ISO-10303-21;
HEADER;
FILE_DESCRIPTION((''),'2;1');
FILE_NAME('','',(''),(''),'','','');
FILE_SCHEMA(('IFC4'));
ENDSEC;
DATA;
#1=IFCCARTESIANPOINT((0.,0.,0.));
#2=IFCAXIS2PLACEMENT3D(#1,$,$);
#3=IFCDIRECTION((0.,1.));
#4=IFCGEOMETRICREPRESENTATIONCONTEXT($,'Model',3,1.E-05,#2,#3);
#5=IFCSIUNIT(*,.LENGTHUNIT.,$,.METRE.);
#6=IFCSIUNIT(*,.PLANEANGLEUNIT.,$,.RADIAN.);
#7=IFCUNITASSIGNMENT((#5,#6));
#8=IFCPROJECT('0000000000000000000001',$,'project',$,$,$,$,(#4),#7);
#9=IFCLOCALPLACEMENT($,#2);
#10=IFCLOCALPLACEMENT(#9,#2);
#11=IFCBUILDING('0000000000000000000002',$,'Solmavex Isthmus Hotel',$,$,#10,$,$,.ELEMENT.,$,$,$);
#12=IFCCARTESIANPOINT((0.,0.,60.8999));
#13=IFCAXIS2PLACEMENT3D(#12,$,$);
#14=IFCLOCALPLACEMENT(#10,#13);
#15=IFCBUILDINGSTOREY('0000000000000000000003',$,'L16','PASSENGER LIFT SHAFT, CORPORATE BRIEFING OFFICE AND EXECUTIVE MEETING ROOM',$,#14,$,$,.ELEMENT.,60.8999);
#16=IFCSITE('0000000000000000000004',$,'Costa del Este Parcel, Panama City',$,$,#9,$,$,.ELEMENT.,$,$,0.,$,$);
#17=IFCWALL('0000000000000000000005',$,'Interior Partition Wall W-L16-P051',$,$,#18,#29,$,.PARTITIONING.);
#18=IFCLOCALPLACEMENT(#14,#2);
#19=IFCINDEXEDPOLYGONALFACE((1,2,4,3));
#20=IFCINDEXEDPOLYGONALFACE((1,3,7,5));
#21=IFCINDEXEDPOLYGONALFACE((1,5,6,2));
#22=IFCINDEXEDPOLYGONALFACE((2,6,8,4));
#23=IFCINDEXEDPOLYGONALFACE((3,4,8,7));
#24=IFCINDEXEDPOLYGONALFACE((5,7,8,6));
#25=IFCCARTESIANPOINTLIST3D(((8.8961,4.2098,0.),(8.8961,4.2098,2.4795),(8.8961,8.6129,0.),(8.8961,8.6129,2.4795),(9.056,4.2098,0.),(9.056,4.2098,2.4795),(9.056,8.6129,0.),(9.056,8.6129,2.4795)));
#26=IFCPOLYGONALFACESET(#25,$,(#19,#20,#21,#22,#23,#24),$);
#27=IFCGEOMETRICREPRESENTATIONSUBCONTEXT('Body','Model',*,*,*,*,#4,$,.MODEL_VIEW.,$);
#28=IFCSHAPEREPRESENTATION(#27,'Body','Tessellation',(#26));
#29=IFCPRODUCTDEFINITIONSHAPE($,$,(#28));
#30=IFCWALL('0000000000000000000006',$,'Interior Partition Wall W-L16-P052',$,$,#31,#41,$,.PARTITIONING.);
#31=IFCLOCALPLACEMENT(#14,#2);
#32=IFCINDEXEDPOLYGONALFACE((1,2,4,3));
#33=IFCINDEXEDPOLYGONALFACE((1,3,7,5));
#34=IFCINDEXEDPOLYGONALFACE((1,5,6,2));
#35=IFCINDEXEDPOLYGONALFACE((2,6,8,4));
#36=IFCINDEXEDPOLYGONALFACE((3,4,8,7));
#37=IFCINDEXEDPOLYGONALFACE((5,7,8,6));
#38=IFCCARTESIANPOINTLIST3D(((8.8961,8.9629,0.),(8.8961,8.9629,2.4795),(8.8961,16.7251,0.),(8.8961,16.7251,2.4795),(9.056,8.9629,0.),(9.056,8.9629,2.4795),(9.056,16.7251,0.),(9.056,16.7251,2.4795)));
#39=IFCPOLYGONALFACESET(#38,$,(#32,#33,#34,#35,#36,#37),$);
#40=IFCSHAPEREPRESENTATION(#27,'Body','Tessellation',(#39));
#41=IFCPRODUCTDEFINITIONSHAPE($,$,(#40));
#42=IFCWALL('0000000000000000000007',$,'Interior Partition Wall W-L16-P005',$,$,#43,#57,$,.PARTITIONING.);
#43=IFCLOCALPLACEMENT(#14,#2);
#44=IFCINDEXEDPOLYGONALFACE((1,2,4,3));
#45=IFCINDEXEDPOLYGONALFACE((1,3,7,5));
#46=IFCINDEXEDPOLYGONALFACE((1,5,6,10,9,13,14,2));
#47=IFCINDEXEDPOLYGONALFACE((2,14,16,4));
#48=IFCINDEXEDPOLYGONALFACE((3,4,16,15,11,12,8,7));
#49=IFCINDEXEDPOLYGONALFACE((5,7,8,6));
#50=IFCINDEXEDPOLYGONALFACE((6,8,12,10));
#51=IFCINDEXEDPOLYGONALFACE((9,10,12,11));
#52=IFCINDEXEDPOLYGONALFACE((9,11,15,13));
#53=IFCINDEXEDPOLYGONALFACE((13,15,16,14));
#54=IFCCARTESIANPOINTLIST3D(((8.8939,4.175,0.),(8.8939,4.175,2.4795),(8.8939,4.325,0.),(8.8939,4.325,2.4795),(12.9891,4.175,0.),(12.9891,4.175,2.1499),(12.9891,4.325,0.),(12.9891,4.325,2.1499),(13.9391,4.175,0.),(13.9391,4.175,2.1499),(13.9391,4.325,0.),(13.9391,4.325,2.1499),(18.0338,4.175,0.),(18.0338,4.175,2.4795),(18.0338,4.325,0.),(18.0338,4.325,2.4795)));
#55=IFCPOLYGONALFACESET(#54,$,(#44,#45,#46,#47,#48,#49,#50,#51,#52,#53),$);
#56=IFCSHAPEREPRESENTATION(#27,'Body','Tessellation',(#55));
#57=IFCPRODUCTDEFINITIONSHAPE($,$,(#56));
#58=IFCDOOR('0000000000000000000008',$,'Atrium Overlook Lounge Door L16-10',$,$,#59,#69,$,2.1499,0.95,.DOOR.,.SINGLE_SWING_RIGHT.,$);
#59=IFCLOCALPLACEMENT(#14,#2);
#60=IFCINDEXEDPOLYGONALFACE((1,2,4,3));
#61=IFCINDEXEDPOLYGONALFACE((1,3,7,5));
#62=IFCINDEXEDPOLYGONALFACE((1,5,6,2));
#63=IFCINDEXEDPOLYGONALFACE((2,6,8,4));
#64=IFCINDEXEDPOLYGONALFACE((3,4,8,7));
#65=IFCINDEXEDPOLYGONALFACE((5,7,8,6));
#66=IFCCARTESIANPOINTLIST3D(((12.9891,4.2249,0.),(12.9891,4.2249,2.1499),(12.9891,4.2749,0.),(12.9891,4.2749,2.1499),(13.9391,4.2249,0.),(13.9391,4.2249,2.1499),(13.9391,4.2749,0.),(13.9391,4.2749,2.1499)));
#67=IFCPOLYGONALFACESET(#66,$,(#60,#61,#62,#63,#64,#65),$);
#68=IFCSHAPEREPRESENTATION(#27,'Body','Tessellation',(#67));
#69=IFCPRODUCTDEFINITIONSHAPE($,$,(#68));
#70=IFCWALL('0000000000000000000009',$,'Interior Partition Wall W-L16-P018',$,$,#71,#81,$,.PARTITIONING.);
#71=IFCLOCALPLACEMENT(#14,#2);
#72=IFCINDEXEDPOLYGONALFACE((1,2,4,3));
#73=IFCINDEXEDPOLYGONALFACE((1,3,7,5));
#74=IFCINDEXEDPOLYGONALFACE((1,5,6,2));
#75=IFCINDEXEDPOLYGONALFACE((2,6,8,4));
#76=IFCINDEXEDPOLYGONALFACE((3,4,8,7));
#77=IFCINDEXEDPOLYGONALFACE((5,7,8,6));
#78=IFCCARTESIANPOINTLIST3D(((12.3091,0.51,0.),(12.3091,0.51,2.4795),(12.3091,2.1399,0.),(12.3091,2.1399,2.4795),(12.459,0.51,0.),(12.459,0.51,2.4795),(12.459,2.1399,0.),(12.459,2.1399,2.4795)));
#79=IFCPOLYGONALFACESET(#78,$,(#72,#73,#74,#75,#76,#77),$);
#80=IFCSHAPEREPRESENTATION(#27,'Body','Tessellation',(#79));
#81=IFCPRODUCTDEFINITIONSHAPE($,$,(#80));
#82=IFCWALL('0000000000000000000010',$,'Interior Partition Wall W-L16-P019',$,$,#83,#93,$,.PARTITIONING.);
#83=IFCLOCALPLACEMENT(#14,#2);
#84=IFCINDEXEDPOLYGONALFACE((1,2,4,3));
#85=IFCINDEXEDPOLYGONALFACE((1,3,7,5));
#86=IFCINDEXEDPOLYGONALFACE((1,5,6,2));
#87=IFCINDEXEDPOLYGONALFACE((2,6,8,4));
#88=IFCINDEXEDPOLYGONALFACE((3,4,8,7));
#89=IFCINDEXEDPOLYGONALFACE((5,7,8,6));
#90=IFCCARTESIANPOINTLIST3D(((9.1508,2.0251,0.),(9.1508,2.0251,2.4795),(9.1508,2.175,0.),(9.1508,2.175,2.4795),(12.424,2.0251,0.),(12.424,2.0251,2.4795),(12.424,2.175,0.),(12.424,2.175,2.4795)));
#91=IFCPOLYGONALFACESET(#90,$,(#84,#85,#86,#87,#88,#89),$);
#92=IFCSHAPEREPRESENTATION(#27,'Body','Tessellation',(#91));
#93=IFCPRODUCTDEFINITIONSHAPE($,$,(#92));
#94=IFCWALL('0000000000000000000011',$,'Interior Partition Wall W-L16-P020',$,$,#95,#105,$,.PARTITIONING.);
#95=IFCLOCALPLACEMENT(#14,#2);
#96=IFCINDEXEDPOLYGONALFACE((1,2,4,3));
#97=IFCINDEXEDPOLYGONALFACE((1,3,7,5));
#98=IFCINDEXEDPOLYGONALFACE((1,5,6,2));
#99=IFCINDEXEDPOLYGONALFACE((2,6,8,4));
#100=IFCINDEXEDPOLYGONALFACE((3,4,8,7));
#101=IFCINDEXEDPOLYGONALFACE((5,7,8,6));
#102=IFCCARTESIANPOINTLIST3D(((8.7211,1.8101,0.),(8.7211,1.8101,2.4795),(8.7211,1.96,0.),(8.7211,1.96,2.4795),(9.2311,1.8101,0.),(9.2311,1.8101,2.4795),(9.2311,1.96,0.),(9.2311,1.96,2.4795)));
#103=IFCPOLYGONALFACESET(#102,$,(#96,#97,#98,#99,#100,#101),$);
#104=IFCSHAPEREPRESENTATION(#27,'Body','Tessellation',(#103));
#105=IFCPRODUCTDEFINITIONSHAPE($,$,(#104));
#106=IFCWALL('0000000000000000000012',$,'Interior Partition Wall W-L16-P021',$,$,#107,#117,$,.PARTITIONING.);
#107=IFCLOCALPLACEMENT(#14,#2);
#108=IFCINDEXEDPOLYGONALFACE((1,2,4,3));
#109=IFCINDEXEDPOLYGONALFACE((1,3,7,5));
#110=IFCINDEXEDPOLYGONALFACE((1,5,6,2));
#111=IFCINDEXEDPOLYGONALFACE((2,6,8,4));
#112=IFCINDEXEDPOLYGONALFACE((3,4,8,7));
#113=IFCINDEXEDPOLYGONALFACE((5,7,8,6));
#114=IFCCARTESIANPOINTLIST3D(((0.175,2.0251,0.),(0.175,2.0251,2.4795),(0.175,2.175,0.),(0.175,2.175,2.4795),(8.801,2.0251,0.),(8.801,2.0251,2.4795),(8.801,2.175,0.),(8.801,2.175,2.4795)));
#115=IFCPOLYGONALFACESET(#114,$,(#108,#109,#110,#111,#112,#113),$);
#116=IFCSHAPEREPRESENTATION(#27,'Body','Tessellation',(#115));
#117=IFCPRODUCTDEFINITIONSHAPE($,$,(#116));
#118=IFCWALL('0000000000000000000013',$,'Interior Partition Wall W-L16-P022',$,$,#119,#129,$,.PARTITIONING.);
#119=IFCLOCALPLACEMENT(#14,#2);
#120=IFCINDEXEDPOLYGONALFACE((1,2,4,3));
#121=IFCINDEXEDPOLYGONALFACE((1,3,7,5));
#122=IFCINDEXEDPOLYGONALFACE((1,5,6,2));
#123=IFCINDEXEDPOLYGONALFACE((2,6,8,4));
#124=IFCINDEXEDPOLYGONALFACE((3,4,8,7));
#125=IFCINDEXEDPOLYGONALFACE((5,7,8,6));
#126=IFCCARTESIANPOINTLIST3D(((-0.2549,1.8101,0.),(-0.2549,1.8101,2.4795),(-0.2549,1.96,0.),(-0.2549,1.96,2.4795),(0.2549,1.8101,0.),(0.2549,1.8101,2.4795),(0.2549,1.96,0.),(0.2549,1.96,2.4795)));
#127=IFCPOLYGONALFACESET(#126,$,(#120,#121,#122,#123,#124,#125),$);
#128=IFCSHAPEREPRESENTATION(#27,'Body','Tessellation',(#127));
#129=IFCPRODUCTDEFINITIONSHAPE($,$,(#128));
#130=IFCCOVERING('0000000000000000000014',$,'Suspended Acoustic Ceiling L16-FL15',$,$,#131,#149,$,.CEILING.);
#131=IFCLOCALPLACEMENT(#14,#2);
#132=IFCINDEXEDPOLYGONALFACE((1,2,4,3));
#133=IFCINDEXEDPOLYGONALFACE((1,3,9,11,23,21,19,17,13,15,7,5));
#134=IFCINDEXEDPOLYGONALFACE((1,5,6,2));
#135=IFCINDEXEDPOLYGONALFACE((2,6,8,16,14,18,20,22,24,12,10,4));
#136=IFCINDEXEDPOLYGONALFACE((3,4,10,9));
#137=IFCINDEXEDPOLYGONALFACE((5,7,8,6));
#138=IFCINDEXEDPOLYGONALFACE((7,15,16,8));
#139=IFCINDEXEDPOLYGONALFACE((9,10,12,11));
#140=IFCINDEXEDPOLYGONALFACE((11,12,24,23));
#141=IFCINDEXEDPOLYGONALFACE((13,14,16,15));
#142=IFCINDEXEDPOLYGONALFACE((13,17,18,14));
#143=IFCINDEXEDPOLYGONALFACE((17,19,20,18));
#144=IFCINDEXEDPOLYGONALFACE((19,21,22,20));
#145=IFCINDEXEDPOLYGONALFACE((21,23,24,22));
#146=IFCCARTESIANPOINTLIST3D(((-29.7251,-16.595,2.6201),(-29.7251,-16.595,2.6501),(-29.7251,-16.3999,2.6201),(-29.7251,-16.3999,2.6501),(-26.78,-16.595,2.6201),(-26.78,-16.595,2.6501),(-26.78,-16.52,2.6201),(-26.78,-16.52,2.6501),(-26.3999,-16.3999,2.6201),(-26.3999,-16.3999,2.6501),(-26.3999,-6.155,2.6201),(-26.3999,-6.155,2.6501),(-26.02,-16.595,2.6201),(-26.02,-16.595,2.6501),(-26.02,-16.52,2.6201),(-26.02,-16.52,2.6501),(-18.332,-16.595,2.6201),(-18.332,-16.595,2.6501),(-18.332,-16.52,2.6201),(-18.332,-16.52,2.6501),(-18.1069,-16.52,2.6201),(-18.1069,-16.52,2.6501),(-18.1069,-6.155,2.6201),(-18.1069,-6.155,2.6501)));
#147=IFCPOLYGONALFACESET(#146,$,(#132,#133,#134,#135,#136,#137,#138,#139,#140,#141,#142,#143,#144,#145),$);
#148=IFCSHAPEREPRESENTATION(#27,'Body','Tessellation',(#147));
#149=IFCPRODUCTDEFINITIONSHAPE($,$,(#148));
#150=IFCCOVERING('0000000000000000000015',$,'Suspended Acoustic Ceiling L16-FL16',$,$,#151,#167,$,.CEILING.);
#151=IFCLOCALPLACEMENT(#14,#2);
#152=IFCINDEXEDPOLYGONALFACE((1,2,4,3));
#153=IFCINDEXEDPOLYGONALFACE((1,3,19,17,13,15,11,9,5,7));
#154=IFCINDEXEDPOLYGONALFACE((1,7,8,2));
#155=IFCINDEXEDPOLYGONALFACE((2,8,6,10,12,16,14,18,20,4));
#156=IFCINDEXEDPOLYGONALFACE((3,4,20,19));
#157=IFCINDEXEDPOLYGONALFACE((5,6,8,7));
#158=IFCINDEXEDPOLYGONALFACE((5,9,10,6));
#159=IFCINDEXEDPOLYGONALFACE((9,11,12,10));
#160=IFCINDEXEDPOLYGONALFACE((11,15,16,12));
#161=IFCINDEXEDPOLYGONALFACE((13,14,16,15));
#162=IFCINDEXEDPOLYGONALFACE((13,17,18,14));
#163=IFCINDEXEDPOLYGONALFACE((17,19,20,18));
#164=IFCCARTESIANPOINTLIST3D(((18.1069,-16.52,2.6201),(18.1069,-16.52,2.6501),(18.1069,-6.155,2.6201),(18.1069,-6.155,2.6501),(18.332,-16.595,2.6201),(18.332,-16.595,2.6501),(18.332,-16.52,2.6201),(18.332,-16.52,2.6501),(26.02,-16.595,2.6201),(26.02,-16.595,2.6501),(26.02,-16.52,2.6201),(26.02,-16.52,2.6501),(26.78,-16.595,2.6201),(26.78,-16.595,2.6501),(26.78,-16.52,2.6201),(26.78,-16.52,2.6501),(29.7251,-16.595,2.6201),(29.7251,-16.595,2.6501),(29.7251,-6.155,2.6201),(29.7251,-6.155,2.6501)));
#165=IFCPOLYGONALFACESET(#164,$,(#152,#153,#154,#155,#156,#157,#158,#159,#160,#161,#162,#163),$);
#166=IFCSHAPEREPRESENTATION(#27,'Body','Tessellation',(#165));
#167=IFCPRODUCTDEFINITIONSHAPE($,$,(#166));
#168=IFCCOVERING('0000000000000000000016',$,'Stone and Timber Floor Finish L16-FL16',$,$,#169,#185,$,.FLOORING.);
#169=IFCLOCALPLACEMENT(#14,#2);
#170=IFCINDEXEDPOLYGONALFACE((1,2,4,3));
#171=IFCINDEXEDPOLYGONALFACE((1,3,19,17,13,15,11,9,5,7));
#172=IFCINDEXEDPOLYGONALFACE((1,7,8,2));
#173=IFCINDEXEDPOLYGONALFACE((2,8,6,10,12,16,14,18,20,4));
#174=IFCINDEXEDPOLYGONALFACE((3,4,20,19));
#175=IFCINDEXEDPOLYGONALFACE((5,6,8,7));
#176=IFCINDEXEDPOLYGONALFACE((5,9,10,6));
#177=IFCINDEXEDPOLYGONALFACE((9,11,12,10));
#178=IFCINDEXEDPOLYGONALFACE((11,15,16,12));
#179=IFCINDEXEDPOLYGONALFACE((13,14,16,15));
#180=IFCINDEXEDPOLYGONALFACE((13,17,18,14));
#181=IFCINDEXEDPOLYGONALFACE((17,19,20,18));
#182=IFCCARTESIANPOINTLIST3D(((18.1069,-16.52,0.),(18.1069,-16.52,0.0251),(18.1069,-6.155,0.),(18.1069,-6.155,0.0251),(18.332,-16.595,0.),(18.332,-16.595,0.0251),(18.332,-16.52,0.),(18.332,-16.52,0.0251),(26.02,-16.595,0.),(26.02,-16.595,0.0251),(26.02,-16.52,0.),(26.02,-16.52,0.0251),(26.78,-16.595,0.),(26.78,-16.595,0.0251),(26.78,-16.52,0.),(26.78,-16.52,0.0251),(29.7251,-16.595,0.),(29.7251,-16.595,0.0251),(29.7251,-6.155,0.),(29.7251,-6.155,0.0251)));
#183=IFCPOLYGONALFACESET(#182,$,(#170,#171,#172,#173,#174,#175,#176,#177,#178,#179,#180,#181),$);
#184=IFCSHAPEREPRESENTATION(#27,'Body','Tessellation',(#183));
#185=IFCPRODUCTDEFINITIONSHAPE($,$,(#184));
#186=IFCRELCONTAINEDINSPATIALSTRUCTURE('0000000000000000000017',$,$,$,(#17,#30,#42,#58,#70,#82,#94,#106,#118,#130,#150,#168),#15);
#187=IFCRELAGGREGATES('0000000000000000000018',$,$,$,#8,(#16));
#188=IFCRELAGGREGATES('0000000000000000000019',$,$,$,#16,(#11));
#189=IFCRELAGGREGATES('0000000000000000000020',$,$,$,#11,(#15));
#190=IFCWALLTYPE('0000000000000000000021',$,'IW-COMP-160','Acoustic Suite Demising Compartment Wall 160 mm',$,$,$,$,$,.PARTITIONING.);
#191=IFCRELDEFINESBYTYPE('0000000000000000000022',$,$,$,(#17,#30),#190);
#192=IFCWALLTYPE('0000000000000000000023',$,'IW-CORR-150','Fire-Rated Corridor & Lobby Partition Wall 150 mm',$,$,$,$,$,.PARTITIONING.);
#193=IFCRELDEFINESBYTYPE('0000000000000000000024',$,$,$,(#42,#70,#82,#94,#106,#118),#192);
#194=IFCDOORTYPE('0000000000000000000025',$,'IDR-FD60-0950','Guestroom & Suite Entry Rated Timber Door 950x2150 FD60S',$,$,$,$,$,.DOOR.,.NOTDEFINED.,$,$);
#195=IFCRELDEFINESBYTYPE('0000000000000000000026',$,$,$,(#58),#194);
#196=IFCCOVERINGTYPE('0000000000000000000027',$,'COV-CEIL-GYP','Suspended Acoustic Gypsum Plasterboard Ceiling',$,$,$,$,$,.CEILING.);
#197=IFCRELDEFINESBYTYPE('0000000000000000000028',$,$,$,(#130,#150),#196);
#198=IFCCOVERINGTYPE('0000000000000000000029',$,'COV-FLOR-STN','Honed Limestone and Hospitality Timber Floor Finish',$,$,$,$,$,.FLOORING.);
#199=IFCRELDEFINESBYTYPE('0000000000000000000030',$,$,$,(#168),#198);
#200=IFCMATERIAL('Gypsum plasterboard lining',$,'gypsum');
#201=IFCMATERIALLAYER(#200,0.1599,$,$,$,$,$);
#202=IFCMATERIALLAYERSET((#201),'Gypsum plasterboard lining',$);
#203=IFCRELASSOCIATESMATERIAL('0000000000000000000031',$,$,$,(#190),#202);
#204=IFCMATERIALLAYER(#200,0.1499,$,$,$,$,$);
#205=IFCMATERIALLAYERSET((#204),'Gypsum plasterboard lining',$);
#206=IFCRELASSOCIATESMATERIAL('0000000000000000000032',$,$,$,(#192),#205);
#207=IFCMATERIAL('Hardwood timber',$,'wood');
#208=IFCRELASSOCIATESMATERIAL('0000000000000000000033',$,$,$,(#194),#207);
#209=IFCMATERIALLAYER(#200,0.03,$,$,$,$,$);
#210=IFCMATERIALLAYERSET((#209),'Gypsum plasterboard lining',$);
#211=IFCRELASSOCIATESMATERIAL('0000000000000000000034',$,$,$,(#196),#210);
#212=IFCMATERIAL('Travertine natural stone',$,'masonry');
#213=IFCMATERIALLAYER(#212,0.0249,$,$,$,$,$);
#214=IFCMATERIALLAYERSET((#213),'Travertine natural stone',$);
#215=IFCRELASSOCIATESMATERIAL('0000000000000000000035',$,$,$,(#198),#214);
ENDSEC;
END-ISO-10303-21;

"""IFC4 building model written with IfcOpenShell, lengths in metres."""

from ifc_helpers import new_model, si_unit, direction, frame, frame_2d, origin, place, context, subcontext, project, spatial, polyline, rectangle, outline, extrude, material, layer, layer_set, type_object, element, fill, save


model = new_model("IFC4")

# Units and contexts
model_context = context("Model", 3, precision=1e-05, world=origin(), true_north=direction((0.0, 1.0)))
body_context = subcontext(model_context, "Body", "Model", "MODEL_VIEW")
ifc_project = project(units=[si_unit("LENGTHUNIT", "METRE"), si_unit("PLANEANGLEUNIT", "RADIAN")], contexts=[model_context])

# Site, building, storey
site_placement = place(None, origin())
site = spatial("IfcSite", under=ifc_project, at=site_placement, Name="Costa del Este Parcel, Panama City", CompositionType="ELEMENT", RefElevation=0.0)
building_placement = place(site_placement, origin())
building = spatial("IfcBuilding", under=site, at=building_placement, Name="Solmavex Isthmus Hotel", CompositionType="ELEMENT")
storey_placement = place(building_placement, frame((0.0, 0.0, 60.8999)))
storey = spatial("IfcBuildingStorey", under=building, at=storey_placement, Name="L16", Description="PASSENGER LIFT SHAFT, CORPORATE BRIEFING OFFICE AND EXECUTIVE MEETING ROOM", CompositionType="ELEMENT", Elevation=60.8999)

# Walls
ifc_material_1 = material(Name="Gypsum plasterboard lining", Category="gypsum")
ifc_layer_1 = layer(ifc_material_1, 0.1599)
ifc_layer_set_1 = layer_set([ifc_layer_1], Name="Gypsum plasterboard lining")
wall_type_1 = type_object("IfcWallType", Name="IW-COMP-160", Description="Acoustic Suite Demising Compartment Wall 160 mm", PredefinedType="PARTITIONING", material=ifc_layer_set_1)
wall_1_placement = place(storey_placement, frame((8.9761, 8.613, 0.0), z_axis=(0.0, 0.0, 1.0), x_axis=(0.0, -1.0, 0.0)))
element("IfcWall", 1, at=wall_1_placement, inside=storey, type_object=wall_type_1, Name="Interior Partition Wall W-L16-P051", PredefinedType="PARTITIONING", context=body_context, shape_type="SweptSolid", body=[
    extrude(rectangle(XDim=4.4031, YDim=0.1599, at=frame_2d((2.2017, 0.0))), origin(), (0.0, 0.0, 1.0), 2.4795),
])
wall_2_placement = place(storey_placement, frame((8.9761, 16.7251, 0.0), z_axis=(0.0, 0.0, 1.0), x_axis=(0.0, -1.0, 0.0)))
element("IfcWall", 2, at=wall_2_placement, inside=storey, type_object=wall_type_1, Name="Interior Partition Wall W-L16-P052", PredefinedType="PARTITIONING", context=body_context, shape_type="SweptSolid", body=[
    extrude(rectangle(XDim=7.7622, YDim=0.1599, at=frame_2d((3.8811, 0.0))), origin(), (0.0, 0.0, 1.0), 2.4795),
])

# Wall, opening, door
ifc_layer_2 = layer(ifc_material_1, 0.1499)
ifc_layer_set_2 = layer_set([ifc_layer_2], Name="Gypsum plasterboard lining")
wall_type_2 = type_object("IfcWallType", Name="IW-CORR-150", Description="Fire-Rated Corridor & Lobby Partition Wall 150 mm", PredefinedType="PARTITIONING", material=ifc_layer_set_2)
wall_3_placement = place(storey_placement, frame((8.894, 4.25, 0.0), z_axis=(0.0, 0.0, 1.0), x_axis=(1.0, 0.0, 0.0)))
wall_3 = element("IfcWall", 3, at=wall_3_placement, inside=storey, type_object=wall_type_2, Name="Interior Partition Wall W-L16-P005", PredefinedType="PARTITIONING", context=body_context, shape_type="SweptSolid", body=[
    extrude(rectangle(XDim=9.1399, YDim=0.1499, at=frame_2d((4.5698, 0.0))), origin(), (0.0, 0.0, 1.0), 2.4795),
])
opening_1_placement = place(wall_3_placement, frame((4.095, 0.0, 0.0)))
opening_1 = element("IfcOpeningElement", 4, at=opening_1_placement, cuts=wall_3, PredefinedType="OPENING", context=body_context, shape_type="SweptSolid", body=[
    extrude(rectangle(XDim=0.95, YDim=2.1499, at=frame_2d((0.4751, 1.075))), frame((0.0, 0.085, 0.0), z_axis=(0.0, -1.0, 0.0), x_axis=(1.0, 0.0, 0.0)), (0.0, 0.0, 1.0), 0.1699),
])
ifc_material_2 = material(Name="Hardwood timber", Category="wood")
door_type = type_object("IfcDoorType", Name="IDR-FD60-0950", Description="Guestroom & Suite Entry Rated Timber Door 950x2150 FD60S", OperationType="NOTDEFINED", PredefinedType="DOOR", material=ifc_material_2)
door_1_placement = place(opening_1_placement, origin())
door_1 = element("IfcDoor", 5, at=door_1_placement, inside=storey, type_object=door_type, Name="Atrium Overlook Lounge Door L16-10", OperationType="SINGLE_SWING_RIGHT", OverallHeight=2.1499, OverallWidth=0.95, PredefinedType="DOOR", context=body_context, shape_type="SweptSolid", body=[
    extrude(rectangle(XDim=0.95, YDim=2.1499, at=frame_2d((0.4751, 1.075))), frame((0.0, 0.0249, 0.0), z_axis=(0.0, -1.0, 0.0), x_axis=(1.0, 0.0, 0.0)), (0.0, 0.0, 1.0), 0.05),
])
fill(opening_1, door_1)

# Walls
wall_4_placement = place(storey_placement, frame((12.384, 0.51, 0.0), z_axis=(0.0, 0.0, 1.0), x_axis=(0.0, 1.0, 0.0)))
element("IfcWall", 6, at=wall_4_placement, inside=storey, type_object=wall_type_2, Name="Interior Partition Wall W-L16-P018", PredefinedType="PARTITIONING", context=body_context, shape_type="SweptSolid", body=[
    extrude(rectangle(XDim=1.6299, YDim=0.1499, at=frame_2d((0.8149, 0.0))), origin(), (0.0, 0.0, 1.0), 2.4795),
])
wall_5_placement = place(storey_placement, frame((12.4241, 2.1001, 0.0), z_axis=(0.0, 0.0, 1.0), x_axis=(-1.0, 0.0, 0.0)))
element("IfcWall", 7, at=wall_5_placement, inside=storey, type_object=wall_type_2, Name="Interior Partition Wall W-L16-P019", PredefinedType="PARTITIONING", context=body_context, shape_type="SweptSolid", body=[
    extrude(rectangle(XDim=3.2732, YDim=0.1499, at=frame_2d((1.6367, 0.0))), origin(), (0.0, 0.0, 1.0), 2.4795),
])
wall_6_placement = place(storey_placement, frame((9.231, 1.885, 0.0), z_axis=(0.0, 0.0, 1.0), x_axis=(-1.0, 0.0, 0.0)))
element("IfcWall", 8, at=wall_6_placement, inside=storey, type_object=wall_type_2, Name="Interior Partition Wall W-L16-P020", PredefinedType="PARTITIONING", context=body_context, shape_type="SweptSolid", body=[
    extrude(rectangle(XDim=0.51, YDim=0.1499, at=frame_2d((0.2549, 0.0))), origin(), (0.0, 0.0, 1.0), 2.4795),
])
wall_7_placement = place(storey_placement, frame((8.801, 2.1001, 0.0), z_axis=(0.0, 0.0, 1.0), x_axis=(-1.0, 0.0, 0.0)))
element("IfcWall", 9, at=wall_7_placement, inside=storey, type_object=wall_type_2, Name="Interior Partition Wall W-L16-P021", PredefinedType="PARTITIONING", context=body_context, shape_type="SweptSolid", body=[
    extrude(rectangle(XDim=8.626, YDim=0.1499, at=frame_2d((4.313, 0.0))), origin(), (0.0, 0.0, 1.0), 2.4795),
])
wall_8_placement = place(storey_placement, frame((0.2549, 1.885, 0.0), z_axis=(0.0, 0.0, 1.0), x_axis=(-1.0, 0.0, 0.0)))
element("IfcWall", 10, at=wall_8_placement, inside=storey, type_object=wall_type_2, Name="Interior Partition Wall W-L16-P022", PredefinedType="PARTITIONING", context=body_context, shape_type="SweptSolid", body=[
    extrude(rectangle(XDim=0.5098, YDim=0.1499, at=frame_2d((0.2549, 0.0))), origin(), (0.0, 0.0, 1.0), 2.4795),
])

# Coverings
ifc_layer_3 = layer(ifc_material_1, 0.03)
ifc_layer_set_3 = layer_set([ifc_layer_3], Name="Gypsum plasterboard lining")
covering_type_1 = type_object("IfcCoveringType", Name="COV-CEIL-GYP", Description="Suspended Acoustic Gypsum Plasterboard Ceiling", PredefinedType="CEILING", material=ifc_layer_set_3)
covering_1_placement = place(storey_placement, frame((0.0, 0.0, 2.6201)))
element("IfcCovering", 11, at=covering_1_placement, inside=storey, type_object=covering_type_1, Name="Suspended Acoustic Ceiling L16-FL15", PredefinedType="CEILING", context=body_context, shape_type="SweptSolid", body=[
    extrude(outline(polyline([(-26.78, -16.595), (-26.78, -16.52), (-26.02, -16.52), (-26.02, -16.595), (-18.332, -16.595), (-18.332, -16.52), (-18.1069, -16.52), (-18.1069, -6.155), (-26.3999, -6.155), (-26.3999, -16.3999), (-29.7251, -16.3999), (-29.7251, -16.595), (-26.78, -16.595)])), origin(), (0.0, 0.0, 1.0), 0.03),
])
covering_2_placement = place(storey_placement, frame((0.0, 0.0, 2.6201)))
element("IfcCovering", 12, at=covering_2_placement, inside=storey, type_object=covering_type_1, Name="Suspended Acoustic Ceiling L16-FL16", PredefinedType="CEILING", context=body_context, shape_type="SweptSolid", body=[
    extrude(outline(polyline([(18.1069, -16.52), (18.332, -16.52), (18.332, -16.595), (26.02, -16.595), (26.02, -16.52), (26.78, -16.52), (26.78, -16.595), (29.7251, -16.595), (29.7251, -6.155), (18.1069, -6.155), (18.1069, -16.52)])), origin(), (0.0, 0.0, 1.0), 0.03),
])
ifc_material_3 = material(Name="Travertine natural stone", Category="masonry")
ifc_layer_4 = layer(ifc_material_3, 0.0249)
ifc_layer_set_4 = layer_set([ifc_layer_4], Name="Travertine natural stone")
covering_type_2 = type_object("IfcCoveringType", Name="COV-FLOR-STN", Description="Honed Limestone and Hospitality Timber Floor Finish", PredefinedType="FLOORING", material=ifc_layer_set_4)
covering_3_placement = place(storey_placement, origin())
element("IfcCovering", 13, at=covering_3_placement, inside=storey, type_object=covering_type_2, Name="Stone and Timber Floor Finish L16-FL16", PredefinedType="FLOORING", context=body_context, shape_type="SweptSolid", body=[
    extrude(outline(polyline([(18.1069, -16.52), (18.332, -16.52), (18.332, -16.595), (26.02, -16.595), (26.02, -16.52), (26.78, -16.52), (26.78, -16.595), (29.7251, -16.595), (29.7251, -6.155), (18.1069, -6.155), (18.1069, -16.52)])), origin(), (0.0, 0.0, 1.0), 0.0251),
])

save(model, "model.ifc")
